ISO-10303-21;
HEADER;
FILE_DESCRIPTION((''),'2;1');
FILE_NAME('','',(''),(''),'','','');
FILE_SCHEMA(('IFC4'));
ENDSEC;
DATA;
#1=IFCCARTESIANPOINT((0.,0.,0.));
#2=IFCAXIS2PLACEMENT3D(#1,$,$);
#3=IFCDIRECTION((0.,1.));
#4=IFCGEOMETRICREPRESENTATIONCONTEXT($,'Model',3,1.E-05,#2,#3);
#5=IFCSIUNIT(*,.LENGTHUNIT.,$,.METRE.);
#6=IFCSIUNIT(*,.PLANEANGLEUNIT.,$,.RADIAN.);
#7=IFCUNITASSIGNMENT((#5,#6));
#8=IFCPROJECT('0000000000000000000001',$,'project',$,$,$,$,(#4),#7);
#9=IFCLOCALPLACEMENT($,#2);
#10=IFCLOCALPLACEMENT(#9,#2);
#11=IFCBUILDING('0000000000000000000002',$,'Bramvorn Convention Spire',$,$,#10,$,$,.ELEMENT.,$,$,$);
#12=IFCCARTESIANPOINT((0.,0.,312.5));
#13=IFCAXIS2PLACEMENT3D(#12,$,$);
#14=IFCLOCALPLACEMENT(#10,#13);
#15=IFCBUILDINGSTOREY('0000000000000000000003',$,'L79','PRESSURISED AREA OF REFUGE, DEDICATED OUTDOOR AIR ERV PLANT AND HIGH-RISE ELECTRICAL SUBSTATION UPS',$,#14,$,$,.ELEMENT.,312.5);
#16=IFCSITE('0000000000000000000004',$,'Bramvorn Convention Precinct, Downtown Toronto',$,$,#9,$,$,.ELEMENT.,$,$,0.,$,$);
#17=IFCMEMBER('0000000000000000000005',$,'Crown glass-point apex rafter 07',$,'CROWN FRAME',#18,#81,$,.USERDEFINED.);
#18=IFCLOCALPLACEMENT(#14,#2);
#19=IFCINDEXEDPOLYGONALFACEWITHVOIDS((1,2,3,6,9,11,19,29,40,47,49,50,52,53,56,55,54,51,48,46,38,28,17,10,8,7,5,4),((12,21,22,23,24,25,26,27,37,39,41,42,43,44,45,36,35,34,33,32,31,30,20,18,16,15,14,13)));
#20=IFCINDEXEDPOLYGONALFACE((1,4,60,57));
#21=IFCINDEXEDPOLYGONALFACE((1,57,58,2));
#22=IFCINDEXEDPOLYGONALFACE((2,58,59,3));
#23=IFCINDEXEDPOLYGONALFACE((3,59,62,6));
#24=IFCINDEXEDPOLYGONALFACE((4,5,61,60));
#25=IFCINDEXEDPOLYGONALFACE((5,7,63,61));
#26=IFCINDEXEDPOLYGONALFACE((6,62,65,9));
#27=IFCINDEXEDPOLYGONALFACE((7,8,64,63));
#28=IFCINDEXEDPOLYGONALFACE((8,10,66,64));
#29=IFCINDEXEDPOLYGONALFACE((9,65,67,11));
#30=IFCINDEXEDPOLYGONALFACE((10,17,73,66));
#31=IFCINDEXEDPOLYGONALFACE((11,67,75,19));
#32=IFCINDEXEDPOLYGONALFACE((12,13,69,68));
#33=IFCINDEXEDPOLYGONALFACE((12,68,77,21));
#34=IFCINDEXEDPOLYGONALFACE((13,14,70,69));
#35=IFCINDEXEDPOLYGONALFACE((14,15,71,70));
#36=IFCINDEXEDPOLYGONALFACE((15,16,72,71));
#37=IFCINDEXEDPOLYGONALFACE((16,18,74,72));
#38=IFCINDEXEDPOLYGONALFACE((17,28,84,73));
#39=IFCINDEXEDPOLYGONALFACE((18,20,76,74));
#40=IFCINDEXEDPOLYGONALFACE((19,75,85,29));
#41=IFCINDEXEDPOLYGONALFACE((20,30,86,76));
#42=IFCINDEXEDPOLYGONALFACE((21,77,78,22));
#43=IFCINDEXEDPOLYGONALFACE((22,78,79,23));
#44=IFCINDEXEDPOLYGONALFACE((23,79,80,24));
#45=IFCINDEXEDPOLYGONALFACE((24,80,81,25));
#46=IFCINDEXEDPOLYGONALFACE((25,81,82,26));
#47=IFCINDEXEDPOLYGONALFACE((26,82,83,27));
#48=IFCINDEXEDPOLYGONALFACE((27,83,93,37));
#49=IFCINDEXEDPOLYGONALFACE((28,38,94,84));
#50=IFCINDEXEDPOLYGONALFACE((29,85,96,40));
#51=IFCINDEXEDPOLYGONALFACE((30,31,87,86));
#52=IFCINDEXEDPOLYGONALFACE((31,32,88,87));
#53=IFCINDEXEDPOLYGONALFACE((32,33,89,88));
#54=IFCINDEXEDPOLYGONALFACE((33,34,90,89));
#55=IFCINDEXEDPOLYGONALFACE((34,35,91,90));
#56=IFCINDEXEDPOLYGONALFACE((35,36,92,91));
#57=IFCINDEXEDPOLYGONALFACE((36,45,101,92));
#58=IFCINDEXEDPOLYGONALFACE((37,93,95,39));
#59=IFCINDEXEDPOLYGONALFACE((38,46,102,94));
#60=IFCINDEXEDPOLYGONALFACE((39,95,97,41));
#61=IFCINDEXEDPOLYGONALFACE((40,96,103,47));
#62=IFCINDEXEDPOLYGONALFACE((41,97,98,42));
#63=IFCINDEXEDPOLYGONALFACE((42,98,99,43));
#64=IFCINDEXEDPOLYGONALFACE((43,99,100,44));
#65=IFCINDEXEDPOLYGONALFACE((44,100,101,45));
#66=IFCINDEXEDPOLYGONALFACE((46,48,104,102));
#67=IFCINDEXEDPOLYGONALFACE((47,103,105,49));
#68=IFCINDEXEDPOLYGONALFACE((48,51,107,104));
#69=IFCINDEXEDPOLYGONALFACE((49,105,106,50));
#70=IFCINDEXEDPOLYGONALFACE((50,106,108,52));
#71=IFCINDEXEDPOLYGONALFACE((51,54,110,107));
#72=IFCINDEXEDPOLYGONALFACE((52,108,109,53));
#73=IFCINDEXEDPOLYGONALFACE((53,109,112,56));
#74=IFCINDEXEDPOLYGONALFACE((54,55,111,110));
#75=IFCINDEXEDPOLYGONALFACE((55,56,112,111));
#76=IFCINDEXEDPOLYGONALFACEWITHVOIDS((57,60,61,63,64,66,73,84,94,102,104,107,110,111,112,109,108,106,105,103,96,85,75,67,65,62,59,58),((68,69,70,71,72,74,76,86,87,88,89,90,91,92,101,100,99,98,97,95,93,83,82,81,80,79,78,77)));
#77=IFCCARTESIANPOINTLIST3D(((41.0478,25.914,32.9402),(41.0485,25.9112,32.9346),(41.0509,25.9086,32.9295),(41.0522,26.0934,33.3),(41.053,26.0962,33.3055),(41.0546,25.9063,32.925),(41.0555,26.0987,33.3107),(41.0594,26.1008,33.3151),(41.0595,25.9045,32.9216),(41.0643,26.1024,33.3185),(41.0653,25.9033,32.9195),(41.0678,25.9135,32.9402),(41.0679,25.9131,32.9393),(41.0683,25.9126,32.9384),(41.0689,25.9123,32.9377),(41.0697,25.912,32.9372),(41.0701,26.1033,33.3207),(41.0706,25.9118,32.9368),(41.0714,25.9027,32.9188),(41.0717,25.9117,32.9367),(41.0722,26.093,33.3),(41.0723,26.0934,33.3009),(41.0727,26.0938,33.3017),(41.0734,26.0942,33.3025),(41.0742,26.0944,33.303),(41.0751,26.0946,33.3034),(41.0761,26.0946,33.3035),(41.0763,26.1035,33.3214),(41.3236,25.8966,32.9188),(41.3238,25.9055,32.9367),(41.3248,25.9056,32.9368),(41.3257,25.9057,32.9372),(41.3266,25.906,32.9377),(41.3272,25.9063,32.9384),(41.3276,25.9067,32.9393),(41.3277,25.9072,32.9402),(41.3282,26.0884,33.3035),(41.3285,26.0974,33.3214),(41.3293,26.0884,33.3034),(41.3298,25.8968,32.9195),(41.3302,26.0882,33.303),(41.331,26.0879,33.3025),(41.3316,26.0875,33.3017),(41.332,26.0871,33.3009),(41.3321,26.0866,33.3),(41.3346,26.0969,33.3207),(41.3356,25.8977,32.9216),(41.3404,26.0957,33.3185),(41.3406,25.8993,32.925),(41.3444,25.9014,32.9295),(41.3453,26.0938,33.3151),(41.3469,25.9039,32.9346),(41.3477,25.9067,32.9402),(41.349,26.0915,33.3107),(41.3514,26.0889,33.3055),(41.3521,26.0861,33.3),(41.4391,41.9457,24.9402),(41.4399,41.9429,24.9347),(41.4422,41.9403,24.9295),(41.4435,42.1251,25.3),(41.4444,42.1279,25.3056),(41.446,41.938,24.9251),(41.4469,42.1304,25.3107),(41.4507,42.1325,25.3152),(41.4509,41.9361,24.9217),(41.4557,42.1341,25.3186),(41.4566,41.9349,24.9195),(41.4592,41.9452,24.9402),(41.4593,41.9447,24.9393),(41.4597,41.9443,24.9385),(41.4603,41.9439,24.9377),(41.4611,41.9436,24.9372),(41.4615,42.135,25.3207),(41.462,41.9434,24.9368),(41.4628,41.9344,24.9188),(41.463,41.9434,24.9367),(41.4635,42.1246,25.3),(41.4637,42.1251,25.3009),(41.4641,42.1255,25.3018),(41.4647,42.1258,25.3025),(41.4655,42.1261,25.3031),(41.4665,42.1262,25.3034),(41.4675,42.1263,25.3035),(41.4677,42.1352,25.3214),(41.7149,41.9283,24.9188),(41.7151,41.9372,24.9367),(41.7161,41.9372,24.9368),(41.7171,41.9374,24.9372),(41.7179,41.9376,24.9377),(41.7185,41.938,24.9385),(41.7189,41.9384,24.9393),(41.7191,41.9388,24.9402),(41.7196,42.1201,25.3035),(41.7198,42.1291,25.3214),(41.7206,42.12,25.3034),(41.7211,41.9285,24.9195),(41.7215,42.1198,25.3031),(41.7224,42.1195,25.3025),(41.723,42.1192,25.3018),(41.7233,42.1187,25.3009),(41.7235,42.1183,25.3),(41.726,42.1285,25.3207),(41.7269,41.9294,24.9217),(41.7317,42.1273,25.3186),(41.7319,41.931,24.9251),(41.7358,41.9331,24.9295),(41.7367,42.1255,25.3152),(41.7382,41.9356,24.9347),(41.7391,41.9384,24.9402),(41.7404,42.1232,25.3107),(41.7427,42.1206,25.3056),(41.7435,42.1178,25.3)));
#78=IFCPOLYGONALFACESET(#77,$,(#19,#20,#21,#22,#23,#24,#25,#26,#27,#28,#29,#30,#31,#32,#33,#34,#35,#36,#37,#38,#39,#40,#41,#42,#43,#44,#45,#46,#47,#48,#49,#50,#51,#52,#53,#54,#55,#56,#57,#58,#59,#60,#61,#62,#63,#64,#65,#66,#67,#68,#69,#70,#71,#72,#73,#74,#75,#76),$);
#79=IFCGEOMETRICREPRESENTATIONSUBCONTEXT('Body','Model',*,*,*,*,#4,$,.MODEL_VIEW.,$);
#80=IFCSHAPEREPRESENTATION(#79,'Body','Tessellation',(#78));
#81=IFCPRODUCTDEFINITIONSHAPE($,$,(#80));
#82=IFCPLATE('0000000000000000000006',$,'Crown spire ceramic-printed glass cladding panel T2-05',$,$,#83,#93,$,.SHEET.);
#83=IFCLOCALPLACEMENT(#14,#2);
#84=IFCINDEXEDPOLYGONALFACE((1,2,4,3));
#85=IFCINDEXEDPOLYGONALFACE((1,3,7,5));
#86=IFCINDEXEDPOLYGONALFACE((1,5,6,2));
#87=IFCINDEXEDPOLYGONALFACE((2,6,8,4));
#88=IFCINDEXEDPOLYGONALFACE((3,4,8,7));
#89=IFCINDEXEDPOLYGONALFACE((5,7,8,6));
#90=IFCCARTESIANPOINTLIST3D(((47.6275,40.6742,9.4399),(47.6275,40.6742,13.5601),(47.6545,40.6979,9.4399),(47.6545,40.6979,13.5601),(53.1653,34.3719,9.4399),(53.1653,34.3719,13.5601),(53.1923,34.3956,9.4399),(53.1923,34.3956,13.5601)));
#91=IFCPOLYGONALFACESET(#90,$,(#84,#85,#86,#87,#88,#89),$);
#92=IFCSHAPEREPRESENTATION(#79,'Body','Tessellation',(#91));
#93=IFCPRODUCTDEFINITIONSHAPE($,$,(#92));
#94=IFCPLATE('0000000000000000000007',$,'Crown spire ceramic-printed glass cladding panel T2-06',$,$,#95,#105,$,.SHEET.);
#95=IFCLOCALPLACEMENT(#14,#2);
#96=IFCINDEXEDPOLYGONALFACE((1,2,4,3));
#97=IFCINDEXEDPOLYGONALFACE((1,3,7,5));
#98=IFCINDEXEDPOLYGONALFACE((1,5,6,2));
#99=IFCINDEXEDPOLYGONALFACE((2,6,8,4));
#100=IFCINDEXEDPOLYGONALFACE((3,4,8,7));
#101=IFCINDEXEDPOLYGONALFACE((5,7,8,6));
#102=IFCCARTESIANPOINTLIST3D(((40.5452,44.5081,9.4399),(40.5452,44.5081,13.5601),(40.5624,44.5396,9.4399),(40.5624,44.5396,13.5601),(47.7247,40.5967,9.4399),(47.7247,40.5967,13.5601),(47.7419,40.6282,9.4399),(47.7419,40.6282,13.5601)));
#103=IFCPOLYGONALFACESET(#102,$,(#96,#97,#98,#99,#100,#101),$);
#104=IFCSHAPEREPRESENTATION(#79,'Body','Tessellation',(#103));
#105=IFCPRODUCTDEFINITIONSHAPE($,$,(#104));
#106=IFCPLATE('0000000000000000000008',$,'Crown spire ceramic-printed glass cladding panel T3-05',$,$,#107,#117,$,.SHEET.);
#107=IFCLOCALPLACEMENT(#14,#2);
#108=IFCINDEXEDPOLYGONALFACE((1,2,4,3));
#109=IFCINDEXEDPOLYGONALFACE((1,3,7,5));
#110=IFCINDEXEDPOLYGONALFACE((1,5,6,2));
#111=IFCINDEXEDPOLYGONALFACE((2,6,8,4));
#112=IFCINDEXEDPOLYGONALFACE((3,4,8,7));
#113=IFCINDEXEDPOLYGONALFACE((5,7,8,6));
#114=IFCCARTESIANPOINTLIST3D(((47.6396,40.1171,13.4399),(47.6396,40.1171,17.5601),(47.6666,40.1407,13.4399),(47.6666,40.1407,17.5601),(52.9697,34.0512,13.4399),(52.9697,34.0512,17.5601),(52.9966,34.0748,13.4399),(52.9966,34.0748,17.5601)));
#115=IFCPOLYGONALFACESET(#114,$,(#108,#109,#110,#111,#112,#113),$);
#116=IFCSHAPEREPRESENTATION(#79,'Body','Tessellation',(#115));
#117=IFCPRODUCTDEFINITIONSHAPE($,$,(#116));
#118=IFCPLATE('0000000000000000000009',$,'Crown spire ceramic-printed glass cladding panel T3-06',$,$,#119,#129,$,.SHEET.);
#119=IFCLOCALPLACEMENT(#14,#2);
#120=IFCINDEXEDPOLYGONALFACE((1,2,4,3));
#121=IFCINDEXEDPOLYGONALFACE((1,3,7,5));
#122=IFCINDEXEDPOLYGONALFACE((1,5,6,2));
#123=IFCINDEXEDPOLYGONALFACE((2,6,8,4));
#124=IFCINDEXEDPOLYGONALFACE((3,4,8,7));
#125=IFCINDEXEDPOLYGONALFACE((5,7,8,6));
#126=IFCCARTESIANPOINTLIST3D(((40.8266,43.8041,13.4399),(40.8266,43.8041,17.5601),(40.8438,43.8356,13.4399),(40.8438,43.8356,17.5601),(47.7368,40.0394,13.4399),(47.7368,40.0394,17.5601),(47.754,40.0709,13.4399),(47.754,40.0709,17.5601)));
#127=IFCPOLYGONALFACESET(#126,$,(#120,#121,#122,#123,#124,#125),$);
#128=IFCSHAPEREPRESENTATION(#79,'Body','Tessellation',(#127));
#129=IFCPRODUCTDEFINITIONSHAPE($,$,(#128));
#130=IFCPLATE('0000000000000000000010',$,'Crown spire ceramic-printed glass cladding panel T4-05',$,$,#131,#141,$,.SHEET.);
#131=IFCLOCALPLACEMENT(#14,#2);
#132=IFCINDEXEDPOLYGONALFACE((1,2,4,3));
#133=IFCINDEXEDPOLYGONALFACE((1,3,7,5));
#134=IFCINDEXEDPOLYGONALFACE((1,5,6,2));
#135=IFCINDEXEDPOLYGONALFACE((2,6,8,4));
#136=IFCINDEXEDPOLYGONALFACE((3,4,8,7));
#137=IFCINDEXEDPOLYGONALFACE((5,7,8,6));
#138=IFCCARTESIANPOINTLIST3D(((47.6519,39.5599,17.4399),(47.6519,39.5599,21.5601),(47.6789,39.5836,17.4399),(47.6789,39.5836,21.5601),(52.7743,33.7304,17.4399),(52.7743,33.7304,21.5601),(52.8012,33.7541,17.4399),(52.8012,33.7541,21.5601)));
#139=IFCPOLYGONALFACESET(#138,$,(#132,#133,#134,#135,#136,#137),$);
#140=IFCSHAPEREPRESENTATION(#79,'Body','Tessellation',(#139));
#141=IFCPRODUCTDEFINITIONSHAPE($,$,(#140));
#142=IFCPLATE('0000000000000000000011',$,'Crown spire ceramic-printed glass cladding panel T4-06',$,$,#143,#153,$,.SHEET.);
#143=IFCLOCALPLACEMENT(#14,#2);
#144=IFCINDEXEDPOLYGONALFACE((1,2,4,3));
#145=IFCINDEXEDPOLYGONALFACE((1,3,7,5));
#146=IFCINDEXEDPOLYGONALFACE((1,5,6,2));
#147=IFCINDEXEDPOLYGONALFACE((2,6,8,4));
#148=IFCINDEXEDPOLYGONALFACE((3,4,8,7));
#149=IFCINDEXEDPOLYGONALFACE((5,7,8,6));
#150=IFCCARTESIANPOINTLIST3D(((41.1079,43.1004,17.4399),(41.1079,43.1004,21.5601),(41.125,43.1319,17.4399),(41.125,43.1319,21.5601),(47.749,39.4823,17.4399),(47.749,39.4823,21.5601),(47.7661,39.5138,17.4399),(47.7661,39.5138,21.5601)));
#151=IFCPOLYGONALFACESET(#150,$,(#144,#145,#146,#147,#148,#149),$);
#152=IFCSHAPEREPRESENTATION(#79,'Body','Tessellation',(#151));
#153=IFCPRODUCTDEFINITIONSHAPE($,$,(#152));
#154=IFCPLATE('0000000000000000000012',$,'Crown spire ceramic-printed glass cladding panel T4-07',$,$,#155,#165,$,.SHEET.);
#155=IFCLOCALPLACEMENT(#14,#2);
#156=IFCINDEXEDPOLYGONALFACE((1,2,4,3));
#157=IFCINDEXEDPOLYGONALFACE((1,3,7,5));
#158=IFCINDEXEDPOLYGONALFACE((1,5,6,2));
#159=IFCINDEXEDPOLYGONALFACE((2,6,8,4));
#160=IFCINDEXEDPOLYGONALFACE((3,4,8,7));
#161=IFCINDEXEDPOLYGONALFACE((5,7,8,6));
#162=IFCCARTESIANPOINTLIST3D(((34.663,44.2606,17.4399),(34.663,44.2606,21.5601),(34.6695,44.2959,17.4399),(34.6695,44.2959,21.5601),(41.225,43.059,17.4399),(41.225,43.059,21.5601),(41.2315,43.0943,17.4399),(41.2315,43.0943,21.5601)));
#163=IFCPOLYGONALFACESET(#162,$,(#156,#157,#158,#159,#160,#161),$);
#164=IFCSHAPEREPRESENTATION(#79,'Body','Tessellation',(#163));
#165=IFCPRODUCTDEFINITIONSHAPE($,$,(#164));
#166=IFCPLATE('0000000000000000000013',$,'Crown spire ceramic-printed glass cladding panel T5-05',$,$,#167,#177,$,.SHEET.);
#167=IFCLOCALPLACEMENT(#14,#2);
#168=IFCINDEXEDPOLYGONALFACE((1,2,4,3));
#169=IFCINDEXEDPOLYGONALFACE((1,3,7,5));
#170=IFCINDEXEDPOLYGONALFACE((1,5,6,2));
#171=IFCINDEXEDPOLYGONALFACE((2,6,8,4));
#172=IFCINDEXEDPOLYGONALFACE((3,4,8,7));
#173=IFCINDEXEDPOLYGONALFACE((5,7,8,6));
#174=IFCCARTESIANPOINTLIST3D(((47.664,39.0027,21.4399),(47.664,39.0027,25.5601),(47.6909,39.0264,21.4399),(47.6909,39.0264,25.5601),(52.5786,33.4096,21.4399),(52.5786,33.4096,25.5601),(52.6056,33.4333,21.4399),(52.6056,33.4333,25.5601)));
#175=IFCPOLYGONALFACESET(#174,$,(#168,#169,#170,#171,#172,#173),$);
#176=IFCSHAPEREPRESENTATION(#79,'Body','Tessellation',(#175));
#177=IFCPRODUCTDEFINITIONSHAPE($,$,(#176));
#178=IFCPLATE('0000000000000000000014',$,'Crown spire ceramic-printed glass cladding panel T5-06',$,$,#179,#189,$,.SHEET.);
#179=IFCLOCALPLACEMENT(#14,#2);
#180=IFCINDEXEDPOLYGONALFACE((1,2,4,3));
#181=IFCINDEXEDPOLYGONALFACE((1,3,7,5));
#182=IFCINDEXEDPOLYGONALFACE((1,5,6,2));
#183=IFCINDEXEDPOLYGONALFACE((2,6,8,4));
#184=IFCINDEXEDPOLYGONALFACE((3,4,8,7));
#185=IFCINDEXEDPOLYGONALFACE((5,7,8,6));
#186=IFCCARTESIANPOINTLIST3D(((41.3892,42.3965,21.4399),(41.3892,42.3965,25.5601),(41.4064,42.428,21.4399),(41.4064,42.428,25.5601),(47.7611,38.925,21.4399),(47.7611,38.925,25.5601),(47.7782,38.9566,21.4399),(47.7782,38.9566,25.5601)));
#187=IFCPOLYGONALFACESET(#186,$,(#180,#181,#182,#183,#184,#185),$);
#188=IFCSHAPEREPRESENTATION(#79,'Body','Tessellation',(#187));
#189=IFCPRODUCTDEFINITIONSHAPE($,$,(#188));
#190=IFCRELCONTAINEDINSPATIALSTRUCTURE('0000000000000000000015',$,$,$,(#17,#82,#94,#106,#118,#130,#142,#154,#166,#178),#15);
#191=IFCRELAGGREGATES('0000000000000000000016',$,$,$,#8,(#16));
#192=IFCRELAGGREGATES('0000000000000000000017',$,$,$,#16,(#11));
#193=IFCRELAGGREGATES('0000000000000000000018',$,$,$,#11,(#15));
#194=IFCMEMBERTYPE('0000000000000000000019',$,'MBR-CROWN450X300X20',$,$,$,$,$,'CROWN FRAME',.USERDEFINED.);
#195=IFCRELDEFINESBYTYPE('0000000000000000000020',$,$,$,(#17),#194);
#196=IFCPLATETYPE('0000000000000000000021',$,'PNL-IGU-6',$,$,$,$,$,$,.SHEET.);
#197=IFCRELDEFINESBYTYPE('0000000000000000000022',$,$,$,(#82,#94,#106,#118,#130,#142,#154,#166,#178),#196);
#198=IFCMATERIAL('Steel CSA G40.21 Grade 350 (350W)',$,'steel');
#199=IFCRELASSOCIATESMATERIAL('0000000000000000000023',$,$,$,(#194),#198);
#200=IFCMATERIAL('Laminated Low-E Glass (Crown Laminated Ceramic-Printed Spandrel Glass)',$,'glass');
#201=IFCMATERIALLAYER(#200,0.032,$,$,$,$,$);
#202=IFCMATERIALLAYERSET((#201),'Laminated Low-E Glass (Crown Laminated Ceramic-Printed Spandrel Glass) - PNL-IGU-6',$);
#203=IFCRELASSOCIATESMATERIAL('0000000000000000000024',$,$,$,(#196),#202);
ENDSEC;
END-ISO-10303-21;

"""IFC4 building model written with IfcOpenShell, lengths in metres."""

from ifc_helpers import new_model, si_unit, direction, frame, origin, origin_2d, place, context, subcontext, project, spatial, rectangle, hollow_rectangle, extrude, material, layer, layer_set, material_profile, profile_set, type_object, element, save


model = new_model("IFC4")

# Units and contexts
model_context = context("Model", 3, precision=1e-05, world=origin(), true_north=direction((0.0, 1.0)))
body_context = subcontext(model_context, "Body", "Model", "MODEL_VIEW")
ifc_project = project(units=[si_unit("LENGTHUNIT", "METRE"), si_unit("PLANEANGLEUNIT", "RADIAN")], contexts=[model_context])

# Site, building, storey
site_placement = place(None, origin())
site = spatial("IfcSite", under=ifc_project, at=site_placement, Name="Bramvorn Convention Precinct, Downtown Toronto", CompositionType="ELEMENT", RefElevation=0.0)
building_placement = place(site_placement, origin())
building = spatial("IfcBuilding", under=site, at=building_placement, Name="Bramvorn Convention Spire", CompositionType="ELEMENT")
storey_placement = place(building_placement, frame((0.0, 0.0, 312.5)))
storey = spatial("IfcBuildingStorey", under=building, at=storey_placement, Name="L79", Description="PRESSURISED AREA OF REFUGE, DEDICATED OUTDOOR AIR ERV PLANT AND HIGH-RISE ELECTRICAL SUBSTATION UPS", CompositionType="ELEMENT", Elevation=312.5)

# Shared definitions
ifc_material_1 = material(Name="Steel CSA G40.21 Grade 350 (350W)", Category="steel")

# Member
ifc_material_profile_1 = material_profile(ifc_material_1, hollow_rectangle(XDim=0.3, YDim=0.45, WallThickness=0.02, InnerFilletRadius=0.0039, OuterFilletRadius=0.0239, at=origin_2d()))
ifc_profile_set_1 = profile_set([ifc_material_profile_1], Name="Steel CSA G40.21 Grade 350 (350W) - CROWN450X300X20")
member_type = type_object("IfcMemberType", Name="MBR-CROWN450X300X20", ElementType="CROWN FRAME", PredefinedType="USERDEFINED", material=ifc_profile_set_1)
member_1_placement = place(storey_placement, frame((41.5913, 42.0317, 25.1201), z_axis=(-0.021838, -0.894568, 0.446398), x_axis=(0.999702, -0.024404, 0.0)))
element("IfcMember", 1, at=member_1_placement, inside=storey, type_object=member_type, Name="Crown glass-point apex rafter 07", ObjectType="CROWN FRAME", PredefinedType="USERDEFINED", context=body_context, shape_type="SweptSolid", body=[
    extrude(hollow_rectangle(XDim=0.3, YDim=0.45, WallThickness=0.02, InnerFilletRadius=0.0039, OuterFilletRadius=0.0239, at=origin_2d()), origin(), (0.0, 0.0, 1.0), 17.9211),
])

# Plates
ifc_material_2 = material(Name="Laminated Low-E Glass (Crown Laminated Ceramic-Printed Spandrel Glass)", Category="glass")
ifc_layer_1 = layer(ifc_material_2, 0.032)
ifc_layer_set_1 = layer_set([ifc_layer_1], Name="Laminated Low-E Glass (Crown Laminated Ceramic-Printed Spandrel Glass) - PNL-IGU-6")
plate_type = type_object("IfcPlateType", Name="PNL-IGU-6", PredefinedType="SHEET", material=ifc_layer_set_1)
plate_1_placement = place(storey_placement, frame((50.4099, 37.5349, 9.4399), z_axis=(0.0, 0.0, 1.0), x_axis=(-0.660073, 0.751201, 0.0)))
element("IfcPlate", 2, at=plate_1_placement, inside=storey, type_object=plate_type, Name="Crown spire ceramic-printed glass cladding panel T2-05", PredefinedType="SHEET", context=body_context, shape_type="SweptSolid", body=[
    extrude(rectangle(XDim=8.3896, YDim=0.0359, at=origin_2d()), origin(), (0.0, 0.0, 1.0), 4.1201),
])
plate_2_placement = place(storey_placement, frame((44.1436, 42.5681, 9.4399), z_axis=(0.0, 0.0, 1.0), x_axis=(-0.878136, 0.478412, 0.0)))
element("IfcPlate", 3, at=plate_2_placement, inside=storey, type_object=plate_type, Name="Crown spire ceramic-printed glass cladding panel T2-06", PredefinedType="SHEET", context=body_context, shape_type="SweptSolid", body=[
    extrude(rectangle(XDim=8.1758, YDim=0.0359, at=origin_2d()), origin(), (0.0, 0.0, 1.0), 4.1201),
])
plate_3_placement = place(storey_placement, frame((50.3181, 37.0959, 13.4399), z_axis=(0.0, 0.0, 1.0), x_axis=(-0.660075, 0.7512, 0.0)))
element("IfcPlate", 4, at=plate_3_placement, inside=storey, type_object=plate_type, Name="Crown spire ceramic-printed glass cladding panel T3-05", PredefinedType="SHEET", context=body_context, shape_type="SweptSolid", body=[
    extrude(rectangle(XDim=8.075, YDim=0.0359, at=origin_2d()), origin(), (0.0, 0.0, 1.0), 4.1201),
])
plate_4_placement = place(storey_placement, frame((44.2903, 41.9375, 13.4399), z_axis=(0.0, 0.0, 1.0), x_axis=(-0.878138, 0.478408, 0.0)))
element("IfcPlate", 5, at=plate_4_placement, inside=storey, type_object=plate_type, Name="Crown spire ceramic-printed glass cladding panel T3-06", PredefinedType="SHEET", context=body_context, shape_type="SweptSolid", body=[
    extrude(rectangle(XDim=7.8691, YDim=0.0359, at=origin_2d()), origin(), (0.0, 0.0, 1.0), 4.1201),
])
plate_5_placement = place(storey_placement, frame((50.2266, 36.657, 17.4399), z_axis=(0.0, 0.0, 1.0), x_axis=(-0.660076, 0.751199, 0.0)))
element("IfcPlate", 6, at=plate_5_placement, inside=storey, type_object=plate_type, Name="Crown spire ceramic-printed glass cladding panel T4-05", PredefinedType="SHEET", context=body_context, shape_type="SweptSolid", body=[
    extrude(rectangle(XDim=7.7603, YDim=0.0359, at=origin_2d()), origin(), (0.0, 0.0, 1.0), 4.1201),
])
plate_6_placement = place(storey_placement, frame((44.437, 41.3071, 17.4399), z_axis=(0.0, 0.0, 1.0), x_axis=(-0.878134, 0.478414, 0.0)))
element("IfcPlate", 7, at=plate_6_placement, inside=storey, type_object=plate_type, Name="Crown spire ceramic-printed glass cladding panel T4-06", PredefinedType="SHEET", context=body_context, shape_type="SweptSolid", body=[
    extrude(rectangle(XDim=7.5627, YDim=0.0359, at=origin_2d()), origin(), (0.0, 0.0, 1.0), 4.1201),
])
plate_7_placement = place(storey_placement, frame((37.9473, 43.6775, 17.4399), z_axis=(0.0, 0.0, 1.0), x_axis=(-0.983644, 0.180121, 0.0)))
element("IfcPlate", 8, at=plate_7_placement, inside=storey, type_object=plate_type, Name="Crown spire ceramic-printed glass cladding panel T4-07", PredefinedType="SHEET", context=body_context, shape_type="SweptSolid", body=[
    extrude(rectangle(XDim=6.6711, YDim=0.0359, at=origin_2d()), origin(), (0.0, 0.0, 1.0), 4.1201),
])
plate_8_placement = place(storey_placement, frame((50.1348, 36.218, 21.4399), z_axis=(0.0, 0.0, 1.0), x_axis=(-0.660074, 0.7512, 0.0)))
element("IfcPlate", 9, at=plate_8_placement, inside=storey, type_object=plate_type, Name="Crown spire ceramic-printed glass cladding panel T5-05", PredefinedType="SHEET", context=body_context, shape_type="SweptSolid", body=[
    extrude(rectangle(XDim=7.4456, YDim=0.0359, at=origin_2d()), origin(), (0.0, 0.0, 1.0), 4.1201),
])
plate_9_placement = place(storey_placement, frame((44.5837, 40.6765, 21.4399), z_axis=(0.0, 0.0, 1.0), x_axis=(-0.878134, 0.478416, 0.0)))
element("IfcPlate", 10, at=plate_9_placement, inside=storey, type_object=plate_type, Name="Crown spire ceramic-printed glass cladding panel T5-06", PredefinedType="SHEET", context=body_context, shape_type="SweptSolid", body=[
    extrude(rectangle(XDim=7.2561, YDim=0.0359, at=origin_2d()), origin(), (0.0, 0.0, 1.0), 4.1201),
])

save(model, "model.ifc")
